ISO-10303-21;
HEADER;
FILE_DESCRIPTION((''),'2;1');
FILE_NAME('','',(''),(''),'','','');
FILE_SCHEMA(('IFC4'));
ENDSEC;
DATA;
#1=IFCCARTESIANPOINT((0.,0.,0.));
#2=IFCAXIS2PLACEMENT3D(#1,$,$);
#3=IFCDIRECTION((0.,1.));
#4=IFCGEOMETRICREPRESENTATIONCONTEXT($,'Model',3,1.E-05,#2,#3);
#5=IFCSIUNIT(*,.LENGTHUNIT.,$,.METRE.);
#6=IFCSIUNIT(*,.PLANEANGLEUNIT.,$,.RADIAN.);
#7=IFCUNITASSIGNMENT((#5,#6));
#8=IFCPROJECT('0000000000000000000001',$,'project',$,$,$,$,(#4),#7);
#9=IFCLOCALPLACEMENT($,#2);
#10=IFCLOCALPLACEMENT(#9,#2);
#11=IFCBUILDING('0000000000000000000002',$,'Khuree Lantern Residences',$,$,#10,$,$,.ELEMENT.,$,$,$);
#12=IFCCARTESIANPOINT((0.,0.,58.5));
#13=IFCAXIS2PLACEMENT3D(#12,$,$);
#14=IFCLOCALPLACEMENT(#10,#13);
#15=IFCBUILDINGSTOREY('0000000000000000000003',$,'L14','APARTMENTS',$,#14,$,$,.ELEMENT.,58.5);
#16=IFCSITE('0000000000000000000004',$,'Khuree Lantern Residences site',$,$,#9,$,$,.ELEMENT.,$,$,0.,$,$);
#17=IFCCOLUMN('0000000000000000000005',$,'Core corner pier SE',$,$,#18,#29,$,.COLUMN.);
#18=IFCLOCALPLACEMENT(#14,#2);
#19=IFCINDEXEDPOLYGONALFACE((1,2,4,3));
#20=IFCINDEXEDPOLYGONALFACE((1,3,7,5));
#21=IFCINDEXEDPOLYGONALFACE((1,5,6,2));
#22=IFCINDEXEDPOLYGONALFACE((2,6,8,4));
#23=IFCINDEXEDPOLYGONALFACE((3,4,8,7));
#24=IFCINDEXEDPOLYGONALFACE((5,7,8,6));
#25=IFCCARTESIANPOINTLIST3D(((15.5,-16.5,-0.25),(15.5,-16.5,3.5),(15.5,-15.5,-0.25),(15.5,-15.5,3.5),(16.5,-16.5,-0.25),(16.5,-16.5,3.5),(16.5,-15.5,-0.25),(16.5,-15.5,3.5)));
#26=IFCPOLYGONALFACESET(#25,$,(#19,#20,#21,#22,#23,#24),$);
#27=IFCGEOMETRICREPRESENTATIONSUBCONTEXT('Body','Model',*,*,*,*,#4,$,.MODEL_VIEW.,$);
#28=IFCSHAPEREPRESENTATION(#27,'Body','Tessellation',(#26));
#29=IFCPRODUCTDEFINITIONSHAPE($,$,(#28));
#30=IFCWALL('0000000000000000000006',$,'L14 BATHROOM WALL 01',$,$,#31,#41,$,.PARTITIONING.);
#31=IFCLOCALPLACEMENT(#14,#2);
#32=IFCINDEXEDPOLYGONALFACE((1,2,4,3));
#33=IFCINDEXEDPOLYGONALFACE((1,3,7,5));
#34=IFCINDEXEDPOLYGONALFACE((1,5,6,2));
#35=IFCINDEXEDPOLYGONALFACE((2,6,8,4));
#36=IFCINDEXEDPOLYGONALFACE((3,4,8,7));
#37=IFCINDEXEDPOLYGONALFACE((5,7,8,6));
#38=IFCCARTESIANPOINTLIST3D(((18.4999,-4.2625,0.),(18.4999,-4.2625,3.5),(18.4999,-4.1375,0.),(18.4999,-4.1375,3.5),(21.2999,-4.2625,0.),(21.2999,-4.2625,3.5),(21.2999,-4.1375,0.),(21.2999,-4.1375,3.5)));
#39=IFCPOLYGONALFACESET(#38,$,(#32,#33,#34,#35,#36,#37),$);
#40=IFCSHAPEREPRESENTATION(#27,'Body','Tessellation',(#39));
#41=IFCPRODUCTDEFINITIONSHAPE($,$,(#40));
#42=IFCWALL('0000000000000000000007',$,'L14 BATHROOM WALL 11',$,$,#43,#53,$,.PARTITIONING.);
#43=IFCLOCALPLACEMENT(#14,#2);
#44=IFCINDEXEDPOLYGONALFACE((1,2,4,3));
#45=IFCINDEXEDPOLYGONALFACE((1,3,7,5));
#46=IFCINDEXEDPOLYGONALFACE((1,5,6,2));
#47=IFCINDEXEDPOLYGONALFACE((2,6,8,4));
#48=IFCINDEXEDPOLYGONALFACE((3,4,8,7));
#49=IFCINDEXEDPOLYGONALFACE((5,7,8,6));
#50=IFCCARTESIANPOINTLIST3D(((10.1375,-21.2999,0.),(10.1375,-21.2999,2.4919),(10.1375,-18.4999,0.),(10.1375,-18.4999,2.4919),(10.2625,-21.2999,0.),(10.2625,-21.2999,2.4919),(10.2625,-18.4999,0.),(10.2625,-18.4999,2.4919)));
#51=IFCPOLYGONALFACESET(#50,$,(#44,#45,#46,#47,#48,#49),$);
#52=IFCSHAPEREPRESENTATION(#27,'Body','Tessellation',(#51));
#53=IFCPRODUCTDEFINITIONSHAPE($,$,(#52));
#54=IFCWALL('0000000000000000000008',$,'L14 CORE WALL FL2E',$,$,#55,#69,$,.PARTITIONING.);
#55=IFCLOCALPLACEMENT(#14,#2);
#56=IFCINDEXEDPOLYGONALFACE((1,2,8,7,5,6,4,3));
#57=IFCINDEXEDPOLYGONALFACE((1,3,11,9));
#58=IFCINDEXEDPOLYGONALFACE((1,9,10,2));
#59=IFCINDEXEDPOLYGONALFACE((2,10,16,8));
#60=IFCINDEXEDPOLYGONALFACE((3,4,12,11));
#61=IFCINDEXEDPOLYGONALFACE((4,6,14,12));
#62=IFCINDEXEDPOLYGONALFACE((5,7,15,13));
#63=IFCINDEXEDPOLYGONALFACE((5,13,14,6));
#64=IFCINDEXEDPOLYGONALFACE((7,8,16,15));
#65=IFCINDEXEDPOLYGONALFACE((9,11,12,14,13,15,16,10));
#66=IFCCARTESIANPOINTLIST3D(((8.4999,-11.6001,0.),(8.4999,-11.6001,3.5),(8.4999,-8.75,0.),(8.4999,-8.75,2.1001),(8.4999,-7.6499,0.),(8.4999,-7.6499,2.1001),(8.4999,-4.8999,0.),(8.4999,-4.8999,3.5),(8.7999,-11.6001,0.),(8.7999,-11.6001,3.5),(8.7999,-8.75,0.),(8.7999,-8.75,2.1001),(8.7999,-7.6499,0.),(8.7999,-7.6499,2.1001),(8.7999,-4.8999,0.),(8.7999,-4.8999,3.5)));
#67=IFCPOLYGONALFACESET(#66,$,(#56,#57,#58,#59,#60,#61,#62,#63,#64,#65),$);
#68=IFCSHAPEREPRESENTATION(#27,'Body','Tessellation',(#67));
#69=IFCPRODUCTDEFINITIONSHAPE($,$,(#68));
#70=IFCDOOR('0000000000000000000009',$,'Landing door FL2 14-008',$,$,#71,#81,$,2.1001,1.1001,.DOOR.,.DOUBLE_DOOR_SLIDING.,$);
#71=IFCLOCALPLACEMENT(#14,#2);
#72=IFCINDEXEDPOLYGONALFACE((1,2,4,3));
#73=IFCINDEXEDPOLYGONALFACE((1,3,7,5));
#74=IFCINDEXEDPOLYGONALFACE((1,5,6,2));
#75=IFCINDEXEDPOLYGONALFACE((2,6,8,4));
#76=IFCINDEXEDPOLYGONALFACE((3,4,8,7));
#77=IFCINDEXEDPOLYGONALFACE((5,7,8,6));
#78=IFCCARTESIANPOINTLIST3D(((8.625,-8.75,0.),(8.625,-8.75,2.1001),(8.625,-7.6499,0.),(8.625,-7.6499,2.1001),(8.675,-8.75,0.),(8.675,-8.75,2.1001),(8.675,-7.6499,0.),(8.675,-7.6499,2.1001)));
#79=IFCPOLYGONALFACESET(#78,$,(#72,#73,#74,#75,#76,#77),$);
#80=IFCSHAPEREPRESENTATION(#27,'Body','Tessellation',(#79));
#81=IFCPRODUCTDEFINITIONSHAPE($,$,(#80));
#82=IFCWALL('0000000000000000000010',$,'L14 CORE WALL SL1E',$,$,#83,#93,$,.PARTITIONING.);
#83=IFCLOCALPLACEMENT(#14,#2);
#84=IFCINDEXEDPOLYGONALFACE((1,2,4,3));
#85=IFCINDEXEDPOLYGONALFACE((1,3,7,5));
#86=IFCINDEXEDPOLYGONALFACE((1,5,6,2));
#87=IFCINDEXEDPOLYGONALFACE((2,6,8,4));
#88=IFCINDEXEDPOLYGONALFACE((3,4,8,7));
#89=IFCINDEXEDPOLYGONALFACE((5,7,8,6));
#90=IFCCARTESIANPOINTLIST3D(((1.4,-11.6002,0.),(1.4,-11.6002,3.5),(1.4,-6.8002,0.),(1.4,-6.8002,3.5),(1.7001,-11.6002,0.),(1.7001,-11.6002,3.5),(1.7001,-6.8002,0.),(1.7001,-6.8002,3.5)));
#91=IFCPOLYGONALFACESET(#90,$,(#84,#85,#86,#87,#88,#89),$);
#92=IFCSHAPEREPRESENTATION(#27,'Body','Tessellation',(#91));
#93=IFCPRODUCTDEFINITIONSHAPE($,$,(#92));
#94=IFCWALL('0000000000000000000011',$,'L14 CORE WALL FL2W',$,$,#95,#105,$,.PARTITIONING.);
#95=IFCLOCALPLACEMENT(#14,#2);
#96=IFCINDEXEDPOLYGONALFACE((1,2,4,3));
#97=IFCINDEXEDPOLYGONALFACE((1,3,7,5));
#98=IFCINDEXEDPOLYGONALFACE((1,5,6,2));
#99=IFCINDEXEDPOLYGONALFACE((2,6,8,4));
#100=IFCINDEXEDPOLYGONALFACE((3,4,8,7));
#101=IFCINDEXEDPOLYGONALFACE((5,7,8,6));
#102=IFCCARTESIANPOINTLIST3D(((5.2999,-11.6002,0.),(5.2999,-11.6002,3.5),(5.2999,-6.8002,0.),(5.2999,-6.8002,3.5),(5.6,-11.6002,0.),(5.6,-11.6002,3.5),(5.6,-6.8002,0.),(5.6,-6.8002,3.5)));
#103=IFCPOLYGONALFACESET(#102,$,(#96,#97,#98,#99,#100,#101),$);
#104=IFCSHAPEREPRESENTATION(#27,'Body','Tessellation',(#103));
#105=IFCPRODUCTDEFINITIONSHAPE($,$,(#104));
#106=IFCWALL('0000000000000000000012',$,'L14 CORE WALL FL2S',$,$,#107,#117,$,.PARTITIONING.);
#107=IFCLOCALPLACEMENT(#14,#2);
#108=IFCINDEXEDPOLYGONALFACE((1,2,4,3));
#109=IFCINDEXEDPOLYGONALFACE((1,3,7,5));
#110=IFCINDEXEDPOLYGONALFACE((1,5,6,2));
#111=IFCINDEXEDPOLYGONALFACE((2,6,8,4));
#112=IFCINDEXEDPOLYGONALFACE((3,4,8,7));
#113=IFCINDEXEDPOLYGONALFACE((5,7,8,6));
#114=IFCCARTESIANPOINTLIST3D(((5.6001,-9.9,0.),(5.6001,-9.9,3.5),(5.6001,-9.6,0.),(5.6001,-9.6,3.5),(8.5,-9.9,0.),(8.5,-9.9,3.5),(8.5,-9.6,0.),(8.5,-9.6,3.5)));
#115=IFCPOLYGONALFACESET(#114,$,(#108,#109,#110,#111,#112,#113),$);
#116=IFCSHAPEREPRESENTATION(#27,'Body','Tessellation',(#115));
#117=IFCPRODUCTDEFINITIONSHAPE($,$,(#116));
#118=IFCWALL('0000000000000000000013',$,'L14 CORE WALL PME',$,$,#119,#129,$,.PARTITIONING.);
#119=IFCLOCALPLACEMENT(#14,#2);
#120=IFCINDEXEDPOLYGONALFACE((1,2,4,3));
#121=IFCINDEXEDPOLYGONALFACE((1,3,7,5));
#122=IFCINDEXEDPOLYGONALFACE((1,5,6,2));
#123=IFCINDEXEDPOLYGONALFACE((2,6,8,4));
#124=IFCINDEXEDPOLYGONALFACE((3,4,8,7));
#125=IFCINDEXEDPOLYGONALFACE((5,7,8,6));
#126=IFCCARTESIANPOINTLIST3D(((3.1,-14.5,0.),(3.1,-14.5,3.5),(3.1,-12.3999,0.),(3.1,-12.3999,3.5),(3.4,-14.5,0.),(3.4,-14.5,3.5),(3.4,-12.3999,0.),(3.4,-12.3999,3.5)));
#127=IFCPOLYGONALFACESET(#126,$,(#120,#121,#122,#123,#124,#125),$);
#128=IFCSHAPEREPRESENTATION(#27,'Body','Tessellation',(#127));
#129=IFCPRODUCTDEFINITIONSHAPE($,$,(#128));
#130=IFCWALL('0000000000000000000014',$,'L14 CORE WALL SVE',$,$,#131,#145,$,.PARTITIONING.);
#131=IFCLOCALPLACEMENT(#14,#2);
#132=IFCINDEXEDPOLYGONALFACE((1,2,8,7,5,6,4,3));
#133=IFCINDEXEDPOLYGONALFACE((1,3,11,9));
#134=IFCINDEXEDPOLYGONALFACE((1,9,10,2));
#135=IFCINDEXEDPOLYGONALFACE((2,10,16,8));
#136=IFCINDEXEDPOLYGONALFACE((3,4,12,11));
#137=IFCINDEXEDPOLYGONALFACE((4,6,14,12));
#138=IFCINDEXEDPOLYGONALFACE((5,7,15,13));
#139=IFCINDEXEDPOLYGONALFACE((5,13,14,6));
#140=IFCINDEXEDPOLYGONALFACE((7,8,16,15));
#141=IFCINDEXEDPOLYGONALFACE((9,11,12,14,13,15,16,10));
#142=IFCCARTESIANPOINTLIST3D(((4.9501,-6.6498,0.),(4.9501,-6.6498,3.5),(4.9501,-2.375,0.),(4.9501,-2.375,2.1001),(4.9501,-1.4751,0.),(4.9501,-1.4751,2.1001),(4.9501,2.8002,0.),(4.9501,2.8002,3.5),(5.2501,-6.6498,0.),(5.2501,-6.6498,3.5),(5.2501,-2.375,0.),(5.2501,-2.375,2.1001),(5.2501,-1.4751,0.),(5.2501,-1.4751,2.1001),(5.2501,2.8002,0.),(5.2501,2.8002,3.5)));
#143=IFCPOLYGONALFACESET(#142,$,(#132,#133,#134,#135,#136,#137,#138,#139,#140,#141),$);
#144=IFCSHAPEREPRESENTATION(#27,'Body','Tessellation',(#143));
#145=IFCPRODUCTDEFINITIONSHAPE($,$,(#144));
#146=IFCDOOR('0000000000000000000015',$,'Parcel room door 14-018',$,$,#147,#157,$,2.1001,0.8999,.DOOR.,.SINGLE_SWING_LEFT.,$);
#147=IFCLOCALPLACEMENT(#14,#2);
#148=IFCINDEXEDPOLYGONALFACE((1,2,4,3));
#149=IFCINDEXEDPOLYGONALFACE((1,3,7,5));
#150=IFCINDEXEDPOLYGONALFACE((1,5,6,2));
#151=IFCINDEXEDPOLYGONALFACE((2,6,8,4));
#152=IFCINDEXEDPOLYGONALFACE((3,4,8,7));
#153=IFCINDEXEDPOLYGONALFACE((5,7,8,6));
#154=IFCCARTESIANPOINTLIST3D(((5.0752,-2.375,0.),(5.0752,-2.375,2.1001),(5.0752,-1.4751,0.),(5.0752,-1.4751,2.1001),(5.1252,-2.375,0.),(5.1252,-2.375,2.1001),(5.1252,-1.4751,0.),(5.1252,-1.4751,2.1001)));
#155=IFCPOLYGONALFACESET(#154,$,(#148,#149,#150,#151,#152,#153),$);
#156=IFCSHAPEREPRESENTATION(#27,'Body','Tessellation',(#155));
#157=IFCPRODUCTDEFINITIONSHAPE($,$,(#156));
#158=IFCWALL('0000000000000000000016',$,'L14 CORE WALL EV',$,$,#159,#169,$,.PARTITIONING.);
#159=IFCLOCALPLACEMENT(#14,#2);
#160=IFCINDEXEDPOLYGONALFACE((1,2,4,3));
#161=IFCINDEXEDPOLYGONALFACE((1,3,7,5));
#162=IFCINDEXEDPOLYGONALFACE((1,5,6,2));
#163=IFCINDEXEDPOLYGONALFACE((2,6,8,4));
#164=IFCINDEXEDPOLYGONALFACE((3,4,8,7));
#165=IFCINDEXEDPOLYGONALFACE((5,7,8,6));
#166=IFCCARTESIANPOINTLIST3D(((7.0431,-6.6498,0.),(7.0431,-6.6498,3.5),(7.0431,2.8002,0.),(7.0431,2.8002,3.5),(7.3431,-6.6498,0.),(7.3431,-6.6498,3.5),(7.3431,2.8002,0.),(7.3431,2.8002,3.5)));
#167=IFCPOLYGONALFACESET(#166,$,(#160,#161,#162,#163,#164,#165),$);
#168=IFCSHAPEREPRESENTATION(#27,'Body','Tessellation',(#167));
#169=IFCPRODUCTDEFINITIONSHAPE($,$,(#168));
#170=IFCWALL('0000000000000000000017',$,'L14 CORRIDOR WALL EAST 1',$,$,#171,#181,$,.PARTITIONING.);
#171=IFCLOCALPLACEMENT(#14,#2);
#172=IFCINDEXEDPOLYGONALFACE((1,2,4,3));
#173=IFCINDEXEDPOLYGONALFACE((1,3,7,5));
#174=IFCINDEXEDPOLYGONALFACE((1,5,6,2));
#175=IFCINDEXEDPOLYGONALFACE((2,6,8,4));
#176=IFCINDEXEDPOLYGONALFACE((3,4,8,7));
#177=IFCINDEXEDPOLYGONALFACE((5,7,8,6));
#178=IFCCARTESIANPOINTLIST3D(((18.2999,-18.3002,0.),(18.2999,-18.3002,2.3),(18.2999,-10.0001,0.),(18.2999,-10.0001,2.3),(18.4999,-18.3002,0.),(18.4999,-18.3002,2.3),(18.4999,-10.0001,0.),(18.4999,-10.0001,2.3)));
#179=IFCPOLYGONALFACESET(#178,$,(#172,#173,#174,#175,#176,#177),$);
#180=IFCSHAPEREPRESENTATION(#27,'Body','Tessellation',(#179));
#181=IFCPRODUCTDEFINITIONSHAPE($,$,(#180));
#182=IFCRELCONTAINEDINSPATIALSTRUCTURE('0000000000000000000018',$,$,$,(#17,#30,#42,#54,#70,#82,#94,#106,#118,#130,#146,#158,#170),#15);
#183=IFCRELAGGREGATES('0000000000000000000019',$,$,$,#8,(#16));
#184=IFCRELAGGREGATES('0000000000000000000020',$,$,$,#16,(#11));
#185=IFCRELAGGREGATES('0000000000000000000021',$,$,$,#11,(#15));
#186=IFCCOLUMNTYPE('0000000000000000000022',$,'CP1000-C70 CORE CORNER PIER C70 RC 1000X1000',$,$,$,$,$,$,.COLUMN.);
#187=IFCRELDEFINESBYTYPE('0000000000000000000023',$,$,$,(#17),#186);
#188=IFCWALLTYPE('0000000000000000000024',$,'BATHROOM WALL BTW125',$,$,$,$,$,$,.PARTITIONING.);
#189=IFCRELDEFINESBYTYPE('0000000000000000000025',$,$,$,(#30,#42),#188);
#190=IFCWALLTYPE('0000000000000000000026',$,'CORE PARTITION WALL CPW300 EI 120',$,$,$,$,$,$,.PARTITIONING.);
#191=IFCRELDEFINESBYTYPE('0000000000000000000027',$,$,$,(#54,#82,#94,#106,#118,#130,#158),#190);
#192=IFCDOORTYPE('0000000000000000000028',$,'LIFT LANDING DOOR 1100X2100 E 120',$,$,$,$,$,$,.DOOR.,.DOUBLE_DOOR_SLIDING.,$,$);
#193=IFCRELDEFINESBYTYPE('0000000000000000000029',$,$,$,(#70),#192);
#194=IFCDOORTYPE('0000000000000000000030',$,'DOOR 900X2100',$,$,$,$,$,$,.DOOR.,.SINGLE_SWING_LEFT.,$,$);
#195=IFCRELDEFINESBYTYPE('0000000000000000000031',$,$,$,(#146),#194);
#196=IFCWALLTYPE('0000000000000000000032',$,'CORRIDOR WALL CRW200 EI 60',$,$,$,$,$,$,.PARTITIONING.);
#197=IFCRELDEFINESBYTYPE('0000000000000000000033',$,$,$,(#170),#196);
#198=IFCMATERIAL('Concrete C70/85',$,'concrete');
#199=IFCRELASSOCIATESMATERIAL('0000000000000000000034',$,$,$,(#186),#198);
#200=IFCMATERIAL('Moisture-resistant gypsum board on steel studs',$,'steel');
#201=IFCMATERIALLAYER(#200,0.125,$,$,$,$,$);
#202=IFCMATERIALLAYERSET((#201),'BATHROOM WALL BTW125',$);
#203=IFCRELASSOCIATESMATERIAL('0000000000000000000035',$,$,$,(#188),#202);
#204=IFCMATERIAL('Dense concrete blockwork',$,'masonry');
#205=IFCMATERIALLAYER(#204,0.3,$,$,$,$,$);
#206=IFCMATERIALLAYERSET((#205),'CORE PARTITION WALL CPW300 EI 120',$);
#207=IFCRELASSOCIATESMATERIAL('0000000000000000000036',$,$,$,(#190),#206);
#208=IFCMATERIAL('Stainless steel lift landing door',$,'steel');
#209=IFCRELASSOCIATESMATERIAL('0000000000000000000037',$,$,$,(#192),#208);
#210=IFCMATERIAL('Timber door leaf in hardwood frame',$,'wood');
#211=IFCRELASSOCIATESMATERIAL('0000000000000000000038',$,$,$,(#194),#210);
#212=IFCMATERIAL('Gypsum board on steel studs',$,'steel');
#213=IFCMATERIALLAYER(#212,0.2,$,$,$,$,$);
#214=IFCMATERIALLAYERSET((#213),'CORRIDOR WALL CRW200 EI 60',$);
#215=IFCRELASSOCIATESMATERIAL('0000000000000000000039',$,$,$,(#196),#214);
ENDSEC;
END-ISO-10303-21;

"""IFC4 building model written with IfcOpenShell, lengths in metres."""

from ifc_helpers import new_model, si_unit, direction, frame, frame_2d, origin, origin_2d, place, context, subcontext, project, spatial, rectangle, extrude, material, layer, layer_set, material_profile, profile_set, type_object, element, fill, save


model = new_model("IFC4")

# Units and contexts
model_context = context("Model", 3, precision=1e-05, world=origin(), true_north=direction((0.0, 1.0)))
body_context = subcontext(model_context, "Body", "Model", "MODEL_VIEW")
ifc_project = project(units=[si_unit("LENGTHUNIT", "METRE"), si_unit("PLANEANGLEUNIT", "RADIAN")], contexts=[model_context])

# Site, building, storey
site_placement = place(None, origin())
site = spatial("IfcSite", under=ifc_project, at=site_placement, Name="Khuree Lantern Residences site", CompositionType="ELEMENT", RefElevation=0.0)
building_placement = place(site_placement, origin())
building = spatial("IfcBuilding", under=site, at=building_placement, Name="Khuree Lantern Residences", CompositionType="ELEMENT")
storey_placement = place(building_placement, frame((0.0, 0.0, 58.5)))
storey = spatial("IfcBuildingStorey", under=building, at=storey_placement, Name="L14", Description="APARTMENTS", CompositionType="ELEMENT", Elevation=58.5)

# Column
ifc_material_1 = material(Name="Concrete C70/85", Category="concrete")
ifc_material_profile = material_profile(ifc_material_1, rectangle(XDim=1.0, YDim=1.0, at=origin_2d()), Name="RC 1000X1000")
ifc_profile_set = profile_set([ifc_material_profile], Name="Concrete C70/85")
column_type = type_object("IfcColumnType", Name="CP1000-C70 CORE CORNER PIER C70 RC 1000X1000", PredefinedType="COLUMN", material=ifc_profile_set)
column_placement = place(storey_placement, frame((16.0, -16.0, -0.25), z_axis=(0.0, 0.0, 1.0), x_axis=(1.0, 0.0, 0.0)))
element("IfcColumn", 1, at=column_placement, inside=storey, type_object=column_type, Name="Core corner pier SE", PredefinedType="COLUMN", context=body_context, shape_type="SweptSolid", body=[
    extrude(rectangle(XDim=1.0, YDim=1.0, at=origin_2d()), origin(), (0.0, 0.0, 1.0), 3.75),
])

# Walls
ifc_material_2 = material(Name="Moisture-resistant gypsum board on steel studs", Category="steel")
ifc_layer_1 = layer(ifc_material_2, 0.125)
ifc_layer_set_1 = layer_set([ifc_layer_1], Name="BATHROOM WALL BTW125")
wall_type_1 = type_object("IfcWallType", Name="BATHROOM WALL BTW125", PredefinedType="PARTITIONING", material=ifc_layer_set_1)
wall_1_placement = place(storey_placement, frame((18.5, -4.2, 0.0), z_axis=(0.0, 0.0, 1.0), x_axis=(1.0, 0.0, 0.0)))
element("IfcWall", 2, at=wall_1_placement, inside=storey, type_object=wall_type_1, Name="L14 BATHROOM WALL 01", PredefinedType="PARTITIONING", context=body_context, shape_type="SweptSolid", body=[
    extrude(rectangle(XDim=2.8, YDim=0.125, at=frame_2d((1.3999, 0.0))), origin(), (0.0, 0.0, 1.0), 3.5),
])
wall_2_placement = place(storey_placement, frame((10.2, -18.5, 0.0), z_axis=(0.0, 0.0, 1.0), x_axis=(0.0, -1.0, 0.0)))
element("IfcWall", 3, at=wall_2_placement, inside=storey, type_object=wall_type_1, Name="L14 BATHROOM WALL 11", PredefinedType="PARTITIONING", context=body_context, shape_type="SweptSolid", body=[
    extrude(rectangle(XDim=2.8, YDim=0.125, at=frame_2d((1.3999, 0.0))), origin(), (0.0, 0.0, 1.0), 2.4919),
])

# Wall, opening, door
ifc_material_3 = material(Name="Dense concrete blockwork", Category="masonry")
ifc_layer_2 = layer(ifc_material_3, 0.3)
ifc_layer_set_2 = layer_set([ifc_layer_2], Name="CORE PARTITION WALL CPW300 EI 120")
wall_type_2 = type_object("IfcWallType", Name="CORE PARTITION WALL CPW300 EI 120", PredefinedType="PARTITIONING", material=ifc_layer_set_2)
wall_3_placement = place(storey_placement, frame((8.6499, -11.6001, 0.0), z_axis=(0.0, 0.0, 1.0), x_axis=(0.0, 1.0, 0.0)))
wall_3 = element("IfcWall", 4, at=wall_3_placement, inside=storey, type_object=wall_type_2, Name="L14 CORE WALL FL2E", PredefinedType="PARTITIONING", context=body_context, shape_type="SweptSolid", body=[
    extrude(rectangle(XDim=6.7002, YDim=0.3, at=frame_2d((3.3501, 0.0))), origin(), (0.0, 0.0, 1.0), 3.5),
])
opening_1_placement = place(wall_3_placement, frame((2.8501, 0.0, 0.0)))
opening_1 = element("IfcOpeningElement", 5, at=opening_1_placement, cuts=wall_3, PredefinedType="OPENING", context=body_context, shape_type="SweptSolid", body=[
    extrude(rectangle(XDim=1.1001, YDim=2.1001, at=frame_2d((0.55, 1.05))), frame((0.0, 0.1602, 0.0), z_axis=(0.0, -1.0, 0.0), x_axis=(1.0, 0.0, 0.0)), (0.0, 0.0, 1.0), 0.3201),
])
ifc_material_4 = material(Name="Stainless steel lift landing door", Category="steel")
door_type_1 = type_object("IfcDoorType", Name="LIFT LANDING DOOR 1100X2100 E 120", OperationType="DOUBLE_DOOR_SLIDING", PredefinedType="DOOR", material=ifc_material_4)
door_1_placement = place(opening_1_placement, origin())
door_1 = element("IfcDoor", 6, at=door_1_placement, inside=storey, type_object=door_type_1, Name="Landing door FL2 14-008", OperationType="DOUBLE_DOOR_SLIDING", OverallHeight=2.1001, OverallWidth=1.1001, PredefinedType="DOOR", context=body_context, shape_type="SweptSolid", body=[
    extrude(rectangle(XDim=1.1001, YDim=2.1001, at=frame_2d((0.55, 1.05))), frame((0.0, 0.0249, 0.0), z_axis=(0.0, -1.0, 0.0), x_axis=(1.0, 0.0, 0.0)), (0.0, 0.0, 1.0), 0.05),
])
fill(opening_1, door_1)

# Walls
for number, where, z_axis, x_axis, name in (
    (7, (1.55, -11.6001, 0.0), (0.0, 0.0, 1.0), (0.0, 1.0, 0.0), "L14 CORE WALL SL1E"),
    (8, (5.45, -11.6001, 0.0), (0.0, 0.0, 1.0), (0.0, 1.0, 0.0), "L14 CORE WALL FL2W"),
):
    element("IfcWall", number, at=place(storey_placement, frame(where, z_axis=z_axis, x_axis=x_axis)), inside=storey, type_object=wall_type_2, Name=name, PredefinedType="PARTITIONING", context=body_context, shape_type="SweptSolid", body=[
        extrude(rectangle(XDim=4.8, YDim=0.3, at=frame_2d((2.3999, 0.0))), origin(), (0.0, 0.0, 1.0), 3.5),
    ])
wall_4_placement = place(storey_placement, frame((5.6001, -9.75, 0.0), z_axis=(0.0, 0.0, 1.0), x_axis=(1.0, 0.0, 0.0)))
element("IfcWall", 9, at=wall_4_placement, inside=storey, type_object=wall_type_2, Name="L14 CORE WALL FL2S", PredefinedType="PARTITIONING", context=body_context, shape_type="SweptSolid", body=[
    extrude(rectangle(XDim=2.8999, YDim=0.3, at=frame_2d((1.45, 0.0))), origin(), (0.0, 0.0, 1.0), 3.5),
])
wall_5_placement = place(storey_placement, frame((3.25, -14.5, 0.0), z_axis=(0.0, 0.0, 1.0), x_axis=(0.0, 1.0, 0.0)))
element("IfcWall", 10, at=wall_5_placement, inside=storey, type_object=wall_type_2, Name="L14 CORE WALL PME", PredefinedType="PARTITIONING", context=body_context, shape_type="SweptSolid", body=[
    extrude(rectangle(XDim=2.1001, YDim=0.3, at=frame_2d((1.05, 0.0))), origin(), (0.0, 0.0, 1.0), 3.5),
])

# Wall, opening, door
wall_6_placement = place(storey_placement, frame((5.1001, -6.6499, 0.0), z_axis=(0.0, 0.0, 1.0), x_axis=(0.0, 1.0, 0.0)))
wall_6 = element("IfcWall", 11, at=wall_6_placement, inside=storey, type_object=wall_type_2, Name="L14 CORE WALL SVE", PredefinedType="PARTITIONING", context=body_context, shape_type="SweptSolid", body=[
    extrude(rectangle(XDim=9.45, YDim=0.3, at=frame_2d((4.7251, 0.0))), origin(), (0.0, 0.0, 1.0), 3.5),
])
opening_2_placement = place(wall_6_placement, frame((4.2749, 0.0, 0.0)))
opening_2 = element("IfcOpeningElement", 12, at=opening_2_placement, cuts=wall_6, PredefinedType="OPENING", context=body_context, shape_type="SweptSolid", body=[
    extrude(rectangle(XDim=0.8999, YDim=2.1001, at=frame_2d((0.45, 1.05))), frame((0.0, 0.1602, 0.0), z_axis=(0.0, -1.0, 0.0), x_axis=(1.0, 0.0, 0.0)), (0.0, 0.0, 1.0), 0.3201),
])
ifc_material_5 = material(Name="Timber door leaf in hardwood frame", Category="wood")
door_type_2 = type_object("IfcDoorType", Name="DOOR 900X2100", OperationType="SINGLE_SWING_LEFT", PredefinedType="DOOR", material=ifc_material_5)
door_2_placement = place(opening_2_placement, origin())
door_2 = element("IfcDoor", 13, at=door_2_placement, inside=storey, type_object=door_type_2, Name="Parcel room door 14-018", OperationType="SINGLE_SWING_LEFT", OverallHeight=2.1001, OverallWidth=0.8999, PredefinedType="DOOR", context=body_context, shape_type="SweptSolid", body=[
    extrude(rectangle(XDim=0.8999, YDim=2.1001, at=frame_2d((0.45, 1.05))), frame((0.0, 0.0249, 0.0), z_axis=(0.0, -1.0, 0.0), x_axis=(1.0, 0.0, 0.0)), (0.0, 0.0, 1.0), 0.05),
])
fill(opening_2, door_2)

# Walls
wall_7_placement = place(storey_placement, frame((7.1931, -6.6499, 0.0), z_axis=(0.0, 0.0, 1.0), x_axis=(0.0, 1.0, 0.0)))
element("IfcWall", 14, at=wall_7_placement, inside=storey, type_object=wall_type_2, Name="L14 CORE WALL EV", PredefinedType="PARTITIONING", context=body_context, shape_type="SweptSolid", body=[
    extrude(rectangle(XDim=9.45, YDim=0.3, at=frame_2d((4.7251, 0.0))), origin(), (0.0, 0.0, 1.0), 3.5),
])
ifc_material_6 = material(Name="Gypsum board on steel studs", Category="steel")
ifc_layer_3 = layer(ifc_material_6, 0.2)
ifc_layer_set_3 = layer_set([ifc_layer_3], Name="CORRIDOR WALL CRW200 EI 60")
wall_type_3 = type_object("IfcWallType", Name="CORRIDOR WALL CRW200 EI 60", PredefinedType="PARTITIONING", material=ifc_layer_set_3)
wall_8_placement = place(storey_placement, frame((18.3999, -18.3, 0.0), z_axis=(0.0, 0.0, 1.0), x_axis=(0.0, 1.0, 0.0)))
element("IfcWall", 15, at=wall_8_placement, inside=storey, type_object=wall_type_3, Name="L14 CORRIDOR WALL EAST 1", PredefinedType="PARTITIONING", context=body_context, shape_type="SweptSolid", body=[
    extrude(rectangle(XDim=8.3, YDim=0.2, at=frame_2d((4.1499, 0.0))), origin(), (0.0, 0.0, 1.0), 2.3),
])

save(model, "model.ifc")
